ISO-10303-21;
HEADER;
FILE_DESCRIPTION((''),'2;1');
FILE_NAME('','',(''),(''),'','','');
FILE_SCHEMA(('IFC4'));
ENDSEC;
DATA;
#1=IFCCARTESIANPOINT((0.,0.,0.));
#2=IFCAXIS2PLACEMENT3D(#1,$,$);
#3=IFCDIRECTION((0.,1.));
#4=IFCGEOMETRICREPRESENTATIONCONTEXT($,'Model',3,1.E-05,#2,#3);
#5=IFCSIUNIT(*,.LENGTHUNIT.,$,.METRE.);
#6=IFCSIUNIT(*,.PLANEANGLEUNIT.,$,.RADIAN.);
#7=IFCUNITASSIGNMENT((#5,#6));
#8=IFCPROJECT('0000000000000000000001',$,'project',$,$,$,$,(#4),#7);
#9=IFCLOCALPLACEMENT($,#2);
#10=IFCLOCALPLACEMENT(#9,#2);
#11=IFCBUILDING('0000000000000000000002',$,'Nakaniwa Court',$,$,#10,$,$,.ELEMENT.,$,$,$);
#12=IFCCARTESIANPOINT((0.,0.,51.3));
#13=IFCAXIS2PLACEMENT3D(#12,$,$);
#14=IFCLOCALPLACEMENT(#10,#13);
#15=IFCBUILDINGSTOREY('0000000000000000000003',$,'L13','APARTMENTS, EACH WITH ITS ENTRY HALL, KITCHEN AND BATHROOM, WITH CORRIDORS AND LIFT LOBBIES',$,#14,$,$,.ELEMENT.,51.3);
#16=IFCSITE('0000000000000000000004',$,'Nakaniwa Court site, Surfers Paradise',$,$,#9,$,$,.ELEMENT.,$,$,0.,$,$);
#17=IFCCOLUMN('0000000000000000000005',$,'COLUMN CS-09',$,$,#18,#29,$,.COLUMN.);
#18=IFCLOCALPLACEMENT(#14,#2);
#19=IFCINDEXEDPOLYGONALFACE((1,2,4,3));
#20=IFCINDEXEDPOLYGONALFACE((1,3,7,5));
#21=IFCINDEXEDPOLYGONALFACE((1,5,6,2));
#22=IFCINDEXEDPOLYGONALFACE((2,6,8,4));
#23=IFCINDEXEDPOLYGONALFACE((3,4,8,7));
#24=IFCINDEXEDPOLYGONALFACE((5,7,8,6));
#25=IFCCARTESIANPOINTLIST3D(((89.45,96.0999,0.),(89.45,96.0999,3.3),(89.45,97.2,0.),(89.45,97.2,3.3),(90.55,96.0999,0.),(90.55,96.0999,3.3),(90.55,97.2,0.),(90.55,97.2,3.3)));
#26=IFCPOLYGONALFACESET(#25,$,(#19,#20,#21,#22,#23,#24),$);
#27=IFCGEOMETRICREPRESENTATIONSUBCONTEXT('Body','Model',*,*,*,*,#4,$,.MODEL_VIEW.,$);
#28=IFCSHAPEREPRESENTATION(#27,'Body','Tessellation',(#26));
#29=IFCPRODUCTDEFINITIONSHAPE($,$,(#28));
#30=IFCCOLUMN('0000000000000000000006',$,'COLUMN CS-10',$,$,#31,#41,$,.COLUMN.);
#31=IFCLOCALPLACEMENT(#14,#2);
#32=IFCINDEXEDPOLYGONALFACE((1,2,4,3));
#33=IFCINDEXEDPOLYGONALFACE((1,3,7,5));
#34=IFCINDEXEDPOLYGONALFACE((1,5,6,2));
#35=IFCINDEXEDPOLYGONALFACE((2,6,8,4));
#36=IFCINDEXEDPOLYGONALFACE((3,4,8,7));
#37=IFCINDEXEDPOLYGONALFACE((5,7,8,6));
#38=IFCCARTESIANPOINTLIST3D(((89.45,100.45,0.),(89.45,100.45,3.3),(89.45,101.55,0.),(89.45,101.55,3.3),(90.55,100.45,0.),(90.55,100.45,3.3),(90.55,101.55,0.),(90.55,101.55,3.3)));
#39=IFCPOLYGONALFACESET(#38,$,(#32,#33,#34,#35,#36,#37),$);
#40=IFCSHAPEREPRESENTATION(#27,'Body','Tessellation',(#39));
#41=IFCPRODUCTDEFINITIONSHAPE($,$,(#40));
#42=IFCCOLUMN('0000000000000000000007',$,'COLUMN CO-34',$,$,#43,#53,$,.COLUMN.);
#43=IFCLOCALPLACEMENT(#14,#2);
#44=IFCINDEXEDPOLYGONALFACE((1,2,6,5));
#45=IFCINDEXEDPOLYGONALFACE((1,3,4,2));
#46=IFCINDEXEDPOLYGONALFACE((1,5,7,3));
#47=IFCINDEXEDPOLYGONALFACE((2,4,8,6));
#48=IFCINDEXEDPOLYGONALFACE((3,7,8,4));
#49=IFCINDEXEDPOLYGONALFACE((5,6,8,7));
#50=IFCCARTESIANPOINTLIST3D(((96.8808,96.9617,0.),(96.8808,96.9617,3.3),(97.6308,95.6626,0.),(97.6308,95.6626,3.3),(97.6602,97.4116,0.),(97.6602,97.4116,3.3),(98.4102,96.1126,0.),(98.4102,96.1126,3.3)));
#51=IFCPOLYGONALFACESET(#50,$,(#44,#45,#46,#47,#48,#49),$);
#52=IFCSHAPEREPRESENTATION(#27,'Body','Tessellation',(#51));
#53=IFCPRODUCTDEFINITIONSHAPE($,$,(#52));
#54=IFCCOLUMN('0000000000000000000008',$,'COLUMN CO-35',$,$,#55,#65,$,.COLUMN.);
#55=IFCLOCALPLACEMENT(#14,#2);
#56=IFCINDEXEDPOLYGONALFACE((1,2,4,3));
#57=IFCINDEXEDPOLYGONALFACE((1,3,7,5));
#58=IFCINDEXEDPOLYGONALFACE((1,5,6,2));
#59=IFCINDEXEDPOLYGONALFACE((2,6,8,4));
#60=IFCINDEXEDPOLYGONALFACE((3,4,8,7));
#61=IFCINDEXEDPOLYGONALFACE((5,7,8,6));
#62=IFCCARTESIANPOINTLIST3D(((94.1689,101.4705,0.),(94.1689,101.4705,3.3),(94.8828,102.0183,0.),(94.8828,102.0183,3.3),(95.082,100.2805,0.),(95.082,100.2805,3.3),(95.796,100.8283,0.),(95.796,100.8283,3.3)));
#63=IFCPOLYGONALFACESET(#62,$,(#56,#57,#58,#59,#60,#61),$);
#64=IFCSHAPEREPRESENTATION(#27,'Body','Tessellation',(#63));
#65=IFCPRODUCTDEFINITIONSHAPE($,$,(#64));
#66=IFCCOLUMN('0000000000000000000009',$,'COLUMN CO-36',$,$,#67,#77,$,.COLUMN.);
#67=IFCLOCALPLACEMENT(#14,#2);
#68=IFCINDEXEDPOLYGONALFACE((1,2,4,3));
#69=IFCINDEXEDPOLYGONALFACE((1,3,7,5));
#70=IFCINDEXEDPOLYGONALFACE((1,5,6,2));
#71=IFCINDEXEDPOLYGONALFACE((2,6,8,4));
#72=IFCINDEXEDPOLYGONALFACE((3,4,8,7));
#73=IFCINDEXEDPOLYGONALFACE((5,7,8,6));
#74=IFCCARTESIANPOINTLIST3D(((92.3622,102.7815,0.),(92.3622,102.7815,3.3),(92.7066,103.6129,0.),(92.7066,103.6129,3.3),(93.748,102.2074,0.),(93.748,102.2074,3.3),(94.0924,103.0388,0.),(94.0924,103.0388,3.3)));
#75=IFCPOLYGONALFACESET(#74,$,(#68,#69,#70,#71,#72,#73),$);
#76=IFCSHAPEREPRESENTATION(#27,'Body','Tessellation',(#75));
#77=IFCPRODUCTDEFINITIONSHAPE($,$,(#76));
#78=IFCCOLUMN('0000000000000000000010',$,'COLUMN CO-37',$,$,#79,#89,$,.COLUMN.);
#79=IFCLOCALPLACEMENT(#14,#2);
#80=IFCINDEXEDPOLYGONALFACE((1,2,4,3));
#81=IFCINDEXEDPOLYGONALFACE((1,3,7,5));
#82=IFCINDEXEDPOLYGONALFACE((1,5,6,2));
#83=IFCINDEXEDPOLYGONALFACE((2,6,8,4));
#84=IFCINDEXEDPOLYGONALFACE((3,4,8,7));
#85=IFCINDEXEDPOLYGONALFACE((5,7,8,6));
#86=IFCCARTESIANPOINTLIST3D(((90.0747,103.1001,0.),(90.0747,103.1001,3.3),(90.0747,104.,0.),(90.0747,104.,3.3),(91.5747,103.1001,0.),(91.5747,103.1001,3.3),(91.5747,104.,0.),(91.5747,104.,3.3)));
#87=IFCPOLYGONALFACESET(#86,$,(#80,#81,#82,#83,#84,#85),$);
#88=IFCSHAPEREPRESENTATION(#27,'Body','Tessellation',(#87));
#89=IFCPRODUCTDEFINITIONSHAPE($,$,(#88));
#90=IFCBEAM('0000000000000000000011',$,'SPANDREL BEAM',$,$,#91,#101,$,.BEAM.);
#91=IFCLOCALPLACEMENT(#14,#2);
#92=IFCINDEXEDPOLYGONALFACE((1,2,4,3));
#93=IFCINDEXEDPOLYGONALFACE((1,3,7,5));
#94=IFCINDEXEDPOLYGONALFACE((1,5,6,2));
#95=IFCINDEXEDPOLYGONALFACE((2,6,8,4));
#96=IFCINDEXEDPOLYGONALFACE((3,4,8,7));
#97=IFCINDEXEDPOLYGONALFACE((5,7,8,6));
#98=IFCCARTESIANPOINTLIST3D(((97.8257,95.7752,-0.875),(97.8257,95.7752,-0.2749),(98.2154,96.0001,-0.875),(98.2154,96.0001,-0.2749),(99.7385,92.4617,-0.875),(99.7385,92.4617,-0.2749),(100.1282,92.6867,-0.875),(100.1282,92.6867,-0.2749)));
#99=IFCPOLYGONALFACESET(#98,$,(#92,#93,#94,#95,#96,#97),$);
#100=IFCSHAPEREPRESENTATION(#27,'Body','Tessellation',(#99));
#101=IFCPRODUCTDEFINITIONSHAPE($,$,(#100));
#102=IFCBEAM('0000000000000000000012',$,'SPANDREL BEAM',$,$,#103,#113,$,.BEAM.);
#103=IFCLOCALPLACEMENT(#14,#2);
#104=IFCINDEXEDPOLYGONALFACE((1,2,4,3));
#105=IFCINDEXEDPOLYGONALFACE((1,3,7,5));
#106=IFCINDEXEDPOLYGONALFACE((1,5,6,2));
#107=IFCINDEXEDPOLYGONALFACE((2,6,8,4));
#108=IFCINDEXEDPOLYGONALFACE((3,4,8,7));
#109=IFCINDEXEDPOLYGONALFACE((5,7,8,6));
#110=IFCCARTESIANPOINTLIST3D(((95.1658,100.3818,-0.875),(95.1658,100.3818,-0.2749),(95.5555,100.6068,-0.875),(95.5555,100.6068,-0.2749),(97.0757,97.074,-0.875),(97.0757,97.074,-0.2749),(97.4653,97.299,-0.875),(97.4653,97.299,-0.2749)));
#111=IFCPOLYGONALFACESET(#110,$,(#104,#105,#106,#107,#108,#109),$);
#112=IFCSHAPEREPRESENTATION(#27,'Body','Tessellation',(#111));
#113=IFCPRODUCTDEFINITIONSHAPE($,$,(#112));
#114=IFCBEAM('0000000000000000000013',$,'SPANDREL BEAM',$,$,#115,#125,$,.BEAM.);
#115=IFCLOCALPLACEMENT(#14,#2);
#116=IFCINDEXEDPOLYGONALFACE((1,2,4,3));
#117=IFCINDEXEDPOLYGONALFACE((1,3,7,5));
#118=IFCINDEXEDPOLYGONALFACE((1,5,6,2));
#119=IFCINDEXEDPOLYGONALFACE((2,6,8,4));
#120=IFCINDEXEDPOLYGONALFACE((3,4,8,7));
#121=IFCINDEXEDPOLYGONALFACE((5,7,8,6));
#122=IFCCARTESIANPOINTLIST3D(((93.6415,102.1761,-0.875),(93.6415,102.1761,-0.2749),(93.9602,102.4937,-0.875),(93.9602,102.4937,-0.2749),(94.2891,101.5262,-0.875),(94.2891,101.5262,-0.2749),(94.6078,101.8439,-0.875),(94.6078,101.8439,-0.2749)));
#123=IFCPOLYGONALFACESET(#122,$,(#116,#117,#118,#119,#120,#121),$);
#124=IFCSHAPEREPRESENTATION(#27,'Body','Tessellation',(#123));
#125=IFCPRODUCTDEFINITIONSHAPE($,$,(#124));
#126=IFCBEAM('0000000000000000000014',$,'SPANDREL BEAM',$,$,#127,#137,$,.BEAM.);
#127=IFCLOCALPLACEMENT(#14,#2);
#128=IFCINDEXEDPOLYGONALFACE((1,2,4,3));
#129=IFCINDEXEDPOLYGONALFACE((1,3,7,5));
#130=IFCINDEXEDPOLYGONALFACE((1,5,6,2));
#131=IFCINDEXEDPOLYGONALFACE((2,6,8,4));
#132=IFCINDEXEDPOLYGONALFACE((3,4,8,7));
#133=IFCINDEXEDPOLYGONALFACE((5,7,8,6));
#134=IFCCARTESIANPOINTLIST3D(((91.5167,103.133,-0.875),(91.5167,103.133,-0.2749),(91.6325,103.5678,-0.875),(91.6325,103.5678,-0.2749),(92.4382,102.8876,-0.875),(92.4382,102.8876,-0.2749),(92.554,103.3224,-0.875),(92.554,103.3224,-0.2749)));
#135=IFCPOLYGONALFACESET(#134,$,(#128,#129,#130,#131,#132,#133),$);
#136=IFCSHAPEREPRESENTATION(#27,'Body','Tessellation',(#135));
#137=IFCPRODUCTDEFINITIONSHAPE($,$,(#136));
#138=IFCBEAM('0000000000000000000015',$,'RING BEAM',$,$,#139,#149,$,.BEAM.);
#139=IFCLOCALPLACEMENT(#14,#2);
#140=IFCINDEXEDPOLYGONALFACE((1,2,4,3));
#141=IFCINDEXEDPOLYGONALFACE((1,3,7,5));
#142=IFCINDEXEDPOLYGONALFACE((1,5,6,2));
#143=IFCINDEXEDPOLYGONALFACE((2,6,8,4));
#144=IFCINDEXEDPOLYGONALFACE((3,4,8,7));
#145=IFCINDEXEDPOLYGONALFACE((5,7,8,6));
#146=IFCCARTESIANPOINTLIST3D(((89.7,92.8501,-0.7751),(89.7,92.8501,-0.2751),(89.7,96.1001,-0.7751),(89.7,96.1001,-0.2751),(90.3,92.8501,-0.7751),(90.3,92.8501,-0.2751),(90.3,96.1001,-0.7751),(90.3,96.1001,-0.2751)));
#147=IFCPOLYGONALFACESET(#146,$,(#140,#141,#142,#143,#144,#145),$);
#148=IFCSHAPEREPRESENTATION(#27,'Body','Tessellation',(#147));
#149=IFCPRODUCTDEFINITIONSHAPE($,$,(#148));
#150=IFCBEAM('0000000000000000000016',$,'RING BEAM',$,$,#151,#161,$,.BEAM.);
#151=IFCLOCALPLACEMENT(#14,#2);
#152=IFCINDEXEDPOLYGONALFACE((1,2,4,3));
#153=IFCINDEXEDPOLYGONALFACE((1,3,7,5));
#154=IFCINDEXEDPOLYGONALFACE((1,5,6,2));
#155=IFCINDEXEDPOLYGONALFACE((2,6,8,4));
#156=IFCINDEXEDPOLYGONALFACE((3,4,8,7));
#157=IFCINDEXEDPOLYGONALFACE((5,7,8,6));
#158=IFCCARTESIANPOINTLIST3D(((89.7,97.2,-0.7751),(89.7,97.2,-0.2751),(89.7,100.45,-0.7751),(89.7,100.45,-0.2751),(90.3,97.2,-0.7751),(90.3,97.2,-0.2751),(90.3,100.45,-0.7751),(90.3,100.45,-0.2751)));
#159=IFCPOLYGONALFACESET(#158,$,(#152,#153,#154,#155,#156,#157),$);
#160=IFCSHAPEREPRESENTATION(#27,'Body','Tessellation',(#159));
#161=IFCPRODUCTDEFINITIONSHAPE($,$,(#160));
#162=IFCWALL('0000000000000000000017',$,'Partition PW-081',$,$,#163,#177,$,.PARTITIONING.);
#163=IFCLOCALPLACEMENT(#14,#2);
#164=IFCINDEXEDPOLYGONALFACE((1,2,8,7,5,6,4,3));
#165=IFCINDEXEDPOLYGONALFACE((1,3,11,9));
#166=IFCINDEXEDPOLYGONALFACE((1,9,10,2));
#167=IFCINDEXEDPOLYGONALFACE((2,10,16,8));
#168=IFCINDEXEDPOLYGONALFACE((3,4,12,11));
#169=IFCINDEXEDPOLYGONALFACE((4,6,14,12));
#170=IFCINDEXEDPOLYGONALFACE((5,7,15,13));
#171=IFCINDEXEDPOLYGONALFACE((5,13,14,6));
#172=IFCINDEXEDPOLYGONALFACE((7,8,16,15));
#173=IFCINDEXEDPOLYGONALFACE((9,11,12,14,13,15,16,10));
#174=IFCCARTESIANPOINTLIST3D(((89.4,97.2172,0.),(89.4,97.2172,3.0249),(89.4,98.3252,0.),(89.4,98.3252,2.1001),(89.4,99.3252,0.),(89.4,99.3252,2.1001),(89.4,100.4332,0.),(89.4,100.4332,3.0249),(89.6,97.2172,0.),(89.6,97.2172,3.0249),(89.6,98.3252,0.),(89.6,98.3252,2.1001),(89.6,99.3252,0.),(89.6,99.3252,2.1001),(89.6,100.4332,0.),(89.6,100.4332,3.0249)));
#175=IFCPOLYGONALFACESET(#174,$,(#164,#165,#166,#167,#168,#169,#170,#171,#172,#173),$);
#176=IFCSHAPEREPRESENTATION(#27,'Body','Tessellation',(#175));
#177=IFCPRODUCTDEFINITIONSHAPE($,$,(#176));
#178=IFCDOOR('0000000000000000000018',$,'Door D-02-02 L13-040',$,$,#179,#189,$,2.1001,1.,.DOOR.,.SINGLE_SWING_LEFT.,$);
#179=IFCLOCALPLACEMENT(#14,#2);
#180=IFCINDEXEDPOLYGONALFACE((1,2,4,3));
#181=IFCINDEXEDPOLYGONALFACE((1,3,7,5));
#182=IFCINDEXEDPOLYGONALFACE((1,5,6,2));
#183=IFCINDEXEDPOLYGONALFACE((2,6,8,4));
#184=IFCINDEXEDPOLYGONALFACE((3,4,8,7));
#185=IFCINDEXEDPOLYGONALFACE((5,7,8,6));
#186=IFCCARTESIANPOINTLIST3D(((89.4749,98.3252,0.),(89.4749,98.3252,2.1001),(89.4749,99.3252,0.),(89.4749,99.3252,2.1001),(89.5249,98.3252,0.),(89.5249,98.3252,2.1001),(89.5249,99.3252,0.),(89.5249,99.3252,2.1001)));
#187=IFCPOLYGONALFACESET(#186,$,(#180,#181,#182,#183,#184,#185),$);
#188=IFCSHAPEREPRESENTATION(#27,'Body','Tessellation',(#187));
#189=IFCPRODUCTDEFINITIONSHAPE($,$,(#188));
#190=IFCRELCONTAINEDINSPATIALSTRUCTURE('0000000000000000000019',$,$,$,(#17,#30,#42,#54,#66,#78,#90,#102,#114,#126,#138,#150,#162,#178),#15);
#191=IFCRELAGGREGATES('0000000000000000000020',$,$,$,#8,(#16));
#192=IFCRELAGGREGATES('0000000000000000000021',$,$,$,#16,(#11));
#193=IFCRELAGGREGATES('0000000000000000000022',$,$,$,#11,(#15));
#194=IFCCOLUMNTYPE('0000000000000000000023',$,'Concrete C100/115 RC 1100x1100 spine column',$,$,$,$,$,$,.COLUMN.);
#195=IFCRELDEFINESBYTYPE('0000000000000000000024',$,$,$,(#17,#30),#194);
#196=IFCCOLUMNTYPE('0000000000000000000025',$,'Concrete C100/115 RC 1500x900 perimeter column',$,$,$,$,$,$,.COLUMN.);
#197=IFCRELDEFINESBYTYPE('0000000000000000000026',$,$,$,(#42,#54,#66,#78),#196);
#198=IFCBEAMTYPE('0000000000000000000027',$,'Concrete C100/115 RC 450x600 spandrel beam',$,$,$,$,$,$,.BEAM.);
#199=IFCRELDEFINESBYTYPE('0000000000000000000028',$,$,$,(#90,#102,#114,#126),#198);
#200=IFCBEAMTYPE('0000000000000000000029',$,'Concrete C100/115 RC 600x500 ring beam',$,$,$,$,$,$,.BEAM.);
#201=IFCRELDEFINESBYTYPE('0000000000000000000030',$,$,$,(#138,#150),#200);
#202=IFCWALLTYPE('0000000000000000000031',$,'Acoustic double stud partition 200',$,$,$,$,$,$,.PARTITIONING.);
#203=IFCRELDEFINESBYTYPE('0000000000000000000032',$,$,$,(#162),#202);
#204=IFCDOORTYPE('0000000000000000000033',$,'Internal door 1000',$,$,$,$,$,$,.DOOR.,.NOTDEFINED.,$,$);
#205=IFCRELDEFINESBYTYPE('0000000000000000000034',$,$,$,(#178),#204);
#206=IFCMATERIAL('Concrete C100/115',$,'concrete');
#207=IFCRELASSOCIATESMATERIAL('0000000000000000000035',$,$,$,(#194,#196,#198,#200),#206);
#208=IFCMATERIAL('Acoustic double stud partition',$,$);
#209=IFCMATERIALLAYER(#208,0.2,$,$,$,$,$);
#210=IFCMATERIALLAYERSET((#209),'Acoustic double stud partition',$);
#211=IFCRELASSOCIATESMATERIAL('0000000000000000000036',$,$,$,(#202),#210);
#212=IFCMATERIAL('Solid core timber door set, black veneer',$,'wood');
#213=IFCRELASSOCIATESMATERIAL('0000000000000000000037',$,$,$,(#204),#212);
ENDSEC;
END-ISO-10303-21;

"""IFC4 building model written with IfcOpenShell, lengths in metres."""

from ifc_helpers import new_model, si_unit, direction, frame, frame_2d, origin, origin_2d, place, context, subcontext, project, spatial, rectangle, extrude, material, layer, layer_set, material_profile, profile_set, type_object, element, fill, save


model = new_model("IFC4")

# Units and contexts
model_context = context("Model", 3, precision=1e-05, world=origin(), true_north=direction((0.0, 1.0)))
body_context = subcontext(model_context, "Body", "Model", "MODEL_VIEW")
ifc_project = project(units=[si_unit("LENGTHUNIT", "METRE"), si_unit("PLANEANGLEUNIT", "RADIAN")], contexts=[model_context])

# Site, building, storey
site_placement = place(None, origin())
site = spatial("IfcSite", under=ifc_project, at=site_placement, Name="Nakaniwa Court site, Surfers Paradise", CompositionType="ELEMENT", RefElevation=0.0)
building_placement = place(site_placement, origin())
building = spatial("IfcBuilding", under=site, at=building_placement, Name="Nakaniwa Court", CompositionType="ELEMENT")
storey_placement = place(building_placement, frame((0.0, 0.0, 51.3)))
storey = spatial("IfcBuildingStorey", under=building, at=storey_placement, Name="L13", Description="APARTMENTS, EACH WITH ITS ENTRY HALL, KITCHEN AND BATHROOM, WITH CORRIDORS AND LIFT LOBBIES", CompositionType="ELEMENT", Elevation=51.3)

# Columns
ifc_material_1 = material(Name="Concrete C100/115", Category="concrete")
ifc_material_profile_1 = material_profile(ifc_material_1, rectangle(XDim=1.1001, YDim=1.1001, at=origin_2d()), Name="Concrete C100/115 RC 1100x1100 spine column")
ifc_profile_set_1 = profile_set([ifc_material_profile_1], Name="Concrete C100/115")
column_type_1 = type_object("IfcColumnType", Name="Concrete C100/115 RC 1100x1100 spine column", PredefinedType="COLUMN", material=ifc_profile_set_1)
for number, where, z_axis, x_axis, name in (
    (1, (90.0, 96.6499, 0.0), (0.0, 0.0, 1.0), (0.0, 1.0, 0.0), "COLUMN CS-09"),
    (2, (90.0, 101.0, 0.0), (0.0, 0.0, 1.0), (0.0, 1.0, 0.0), "COLUMN CS-10"),
):
    element("IfcColumn", number, at=place(storey_placement, frame(where, z_axis=z_axis, x_axis=x_axis)), inside=storey, type_object=column_type_1, Name=name, PredefinedType="COLUMN", context=body_context, shape_type="SweptSolid", body=[
        extrude(rectangle(XDim=1.1001, YDim=1.1001, at=origin_2d()), origin(), (0.0, 0.0, 1.0), 3.3),
    ])
ifc_material_profile_2 = material_profile(ifc_material_1, rectangle(XDim=1.5, YDim=0.8999, at=origin_2d()), Name="Concrete C100/115 RC 1500x900 perimeter column")
ifc_profile_set_2 = profile_set([ifc_material_profile_2], Name="Concrete C100/115")
column_type_2 = type_object("IfcColumnType", Name="Concrete C100/115 RC 1500x900 perimeter column", PredefinedType="COLUMN", material=ifc_profile_set_2)
for number, where, z_axis, x_axis, name in (
    (3, (97.6455, 96.5371, 0.0), (0.0, 0.0, 1.0), (-0.5, 0.866025, 0.0), "COLUMN CO-34"),
    (4, (94.9824, 101.1494, 0.0), (0.0, 0.0, 1.0), (-0.608761, 0.793353, 0.0), "COLUMN CO-35"),
    (5, (93.2273, 102.9102, 0.0), (0.0, 0.0, 1.0), (-0.92388, 0.382683, 0.0), "COLUMN CO-36"),
    (6, (90.8247, 103.55, 0.0), (0.0, 0.0, 1.0), (-1.0, 0.0, 0.0), "COLUMN CO-37"),
):
    element("IfcColumn", number, at=place(storey_placement, frame(where, z_axis=z_axis, x_axis=x_axis)), inside=storey, type_object=column_type_2, Name=name, PredefinedType="COLUMN", context=body_context, shape_type="SweptSolid", body=[
        extrude(rectangle(XDim=1.5, YDim=0.8999, at=origin_2d()), origin(), (0.0, 0.0, 1.0), 3.3),
    ])

# Beams
ifc_material_profile_3 = material_profile(ifc_material_1, rectangle(XDim=0.45, YDim=0.6001, at=origin_2d()), Name="Concrete C100/115 RC 450x600 spandrel beam")
ifc_profile_set_3 = profile_set([ifc_material_profile_3], Name="Concrete C100/115")
beam_type_1 = type_object("IfcBeamType", Name="Concrete C100/115 RC 450x600 spandrel beam", PredefinedType="BEAM", material=ifc_profile_set_3)
beam_1_placement = place(storey_placement, frame((99.9333, 92.5742, -0.575), z_axis=(-0.499962, 0.866047, 0.0), x_axis=(-0.866047, -0.499962, 0.0)))
element("IfcBeam", 7, at=beam_1_placement, inside=storey, type_object=beam_type_1, Name="SPANDREL BEAM", PredefinedType="BEAM", context=body_context, shape_type="SweptSolid", body=[
    extrude(rectangle(XDim=0.45, YDim=0.6001, at=origin_2d()), origin(), (0.0, 0.0, 1.0), 3.8259),
])
beam_2_placement = place(storey_placement, frame((97.2705, 97.1865, -0.575), z_axis=(-0.500023, 0.866012, 0.0), x_axis=(-0.866012, -0.500023, 0.0)))
element("IfcBeam", 8, at=beam_2_placement, inside=storey, type_object=beam_type_1, Name="SPANDREL BEAM", PredefinedType="BEAM", context=body_context, shape_type="SweptSolid", body=[
    extrude(rectangle(XDim=0.45, YDim=0.6001, at=origin_2d()), origin(), (0.0, 0.0, 1.0), 3.8196),
])
beam_3_placement = place(storey_placement, frame((94.4485, 101.6851, -0.575), z_axis=(-0.705908, 0.708303, 0.0), x_axis=(-0.708303, -0.705908, 0.0)))
element("IfcBeam", 9, at=beam_3_placement, inside=storey, type_object=beam_type_1, Name="SPANDREL BEAM", PredefinedType="BEAM", context=body_context, shape_type="SweptSolid", body=[
    extrude(rectangle(XDim=0.45, YDim=0.6001, at=origin_2d()), origin(), (0.0, 0.0, 1.0), 0.9175),
])
beam_4_placement = place(storey_placement, frame((92.4961, 103.105, -0.575), z_axis=(-0.966324, 0.257328, 0.0), x_axis=(-0.257328, -0.966324, 0.0)))
element("IfcBeam", 10, at=beam_4_placement, inside=storey, type_object=beam_type_1, Name="SPANDREL BEAM", PredefinedType="BEAM", context=body_context, shape_type="SweptSolid", body=[
    extrude(rectangle(XDim=0.45, YDim=0.6001, at=origin_2d()), origin(), (0.0, 0.0, 1.0), 0.9536),
])
ifc_material_profile_4 = material_profile(ifc_material_1, rectangle(XDim=0.6001, YDim=0.5, at=origin_2d()), Name="Concrete C100/115 RC 600x500 ring beam")
ifc_profile_set_4 = profile_set([ifc_material_profile_4], Name="Concrete C100/115")
beam_type_2 = type_object("IfcBeamType", Name="Concrete C100/115 RC 600x500 ring beam", PredefinedType="BEAM", material=ifc_profile_set_4)
for number, where, z_axis, x_axis, name in (
    (11, (90.0, 92.8501, -0.5251), (0.0, 1.0, 0.0), (-1.0, 0.0, 0.0), "RING BEAM"),
    (12, (90.0, 97.2, -0.5251), (0.0, 1.0, 0.0), (-1.0, 0.0, 0.0), "RING BEAM"),
):
    element("IfcBeam", number, at=place(storey_placement, frame(where, z_axis=z_axis, x_axis=x_axis)), inside=storey, type_object=beam_type_2, Name=name, PredefinedType="BEAM", context=body_context, shape_type="SweptSolid", body=[
        extrude(rectangle(XDim=0.6001, YDim=0.5, at=origin_2d()), origin(), (0.0, 0.0, 1.0), 3.25),
    ])

# Wall, opening, door
ifc_material_2 = material(Name="Acoustic double stud partition")
ifc_layer_1 = layer(ifc_material_2, 0.2)
ifc_layer_set_1 = layer_set([ifc_layer_1], Name="Acoustic double stud partition")
wall_type_1 = type_object("IfcWallType", Name="Acoustic double stud partition 200", PredefinedType="PARTITIONING", material=ifc_layer_set_1)
wall_1_placement = place(storey_placement, frame((89.5, 100.4331, 0.0), z_axis=(0.0, 0.0, 1.0), x_axis=(0.0, -1.0, 0.0)))
wall_1 = element("IfcWall", 13, at=wall_1_placement, inside=storey, type_object=wall_type_1, Name="Partition PW-081", PredefinedType="PARTITIONING", context=body_context, shape_type="SweptSolid", body=[
    extrude(rectangle(XDim=3.2161, YDim=0.2, at=frame_2d((1.6079, 0.0))), origin(), (0.0, 0.0, 1.0), 3.0249),
])
opening_1_placement = place(wall_1_placement, frame((1.1079, 0.0, 0.0)))
opening_1 = element("IfcOpeningElement", 14, at=opening_1_placement, cuts=wall_1, PredefinedType="OPENING", context=body_context, shape_type="SweptSolid", body=[
    extrude(rectangle(XDim=1.0, YDim=2.1001, at=frame_2d((0.5, 1.05))), frame((0.0, 0.1099, 0.0), z_axis=(0.0, -1.0, 0.0), x_axis=(1.0, 0.0, 0.0)), (0.0, 0.0, 1.0), 0.22),
])
ifc_material_3 = material(Name="Solid core timber door set, black veneer", Category="wood")
door_type = type_object("IfcDoorType", Name="Internal door 1000", OperationType="NOTDEFINED", PredefinedType="DOOR", material=ifc_material_3)
door_placement = place(opening_1_placement, origin())
door = element("IfcDoor", 15, at=door_placement, inside=storey, type_object=door_type, Name="Door D-02-02 L13-040", OperationType="SINGLE_SWING_LEFT", OverallHeight=2.1001, OverallWidth=1.0, PredefinedType="DOOR", context=body_context, shape_type="SweptSolid", body=[
    extrude(rectangle(XDim=1.0, YDim=2.1001, at=frame_2d((0.5, 1.05))), frame((0.0, 0.0249, 0.0), z_axis=(0.0, -1.0, 0.0), x_axis=(1.0, 0.0, 0.0)), (0.0, 0.0, 1.0), 0.05),
])
fill(opening_1, door)

save(model, "model.ifc")
